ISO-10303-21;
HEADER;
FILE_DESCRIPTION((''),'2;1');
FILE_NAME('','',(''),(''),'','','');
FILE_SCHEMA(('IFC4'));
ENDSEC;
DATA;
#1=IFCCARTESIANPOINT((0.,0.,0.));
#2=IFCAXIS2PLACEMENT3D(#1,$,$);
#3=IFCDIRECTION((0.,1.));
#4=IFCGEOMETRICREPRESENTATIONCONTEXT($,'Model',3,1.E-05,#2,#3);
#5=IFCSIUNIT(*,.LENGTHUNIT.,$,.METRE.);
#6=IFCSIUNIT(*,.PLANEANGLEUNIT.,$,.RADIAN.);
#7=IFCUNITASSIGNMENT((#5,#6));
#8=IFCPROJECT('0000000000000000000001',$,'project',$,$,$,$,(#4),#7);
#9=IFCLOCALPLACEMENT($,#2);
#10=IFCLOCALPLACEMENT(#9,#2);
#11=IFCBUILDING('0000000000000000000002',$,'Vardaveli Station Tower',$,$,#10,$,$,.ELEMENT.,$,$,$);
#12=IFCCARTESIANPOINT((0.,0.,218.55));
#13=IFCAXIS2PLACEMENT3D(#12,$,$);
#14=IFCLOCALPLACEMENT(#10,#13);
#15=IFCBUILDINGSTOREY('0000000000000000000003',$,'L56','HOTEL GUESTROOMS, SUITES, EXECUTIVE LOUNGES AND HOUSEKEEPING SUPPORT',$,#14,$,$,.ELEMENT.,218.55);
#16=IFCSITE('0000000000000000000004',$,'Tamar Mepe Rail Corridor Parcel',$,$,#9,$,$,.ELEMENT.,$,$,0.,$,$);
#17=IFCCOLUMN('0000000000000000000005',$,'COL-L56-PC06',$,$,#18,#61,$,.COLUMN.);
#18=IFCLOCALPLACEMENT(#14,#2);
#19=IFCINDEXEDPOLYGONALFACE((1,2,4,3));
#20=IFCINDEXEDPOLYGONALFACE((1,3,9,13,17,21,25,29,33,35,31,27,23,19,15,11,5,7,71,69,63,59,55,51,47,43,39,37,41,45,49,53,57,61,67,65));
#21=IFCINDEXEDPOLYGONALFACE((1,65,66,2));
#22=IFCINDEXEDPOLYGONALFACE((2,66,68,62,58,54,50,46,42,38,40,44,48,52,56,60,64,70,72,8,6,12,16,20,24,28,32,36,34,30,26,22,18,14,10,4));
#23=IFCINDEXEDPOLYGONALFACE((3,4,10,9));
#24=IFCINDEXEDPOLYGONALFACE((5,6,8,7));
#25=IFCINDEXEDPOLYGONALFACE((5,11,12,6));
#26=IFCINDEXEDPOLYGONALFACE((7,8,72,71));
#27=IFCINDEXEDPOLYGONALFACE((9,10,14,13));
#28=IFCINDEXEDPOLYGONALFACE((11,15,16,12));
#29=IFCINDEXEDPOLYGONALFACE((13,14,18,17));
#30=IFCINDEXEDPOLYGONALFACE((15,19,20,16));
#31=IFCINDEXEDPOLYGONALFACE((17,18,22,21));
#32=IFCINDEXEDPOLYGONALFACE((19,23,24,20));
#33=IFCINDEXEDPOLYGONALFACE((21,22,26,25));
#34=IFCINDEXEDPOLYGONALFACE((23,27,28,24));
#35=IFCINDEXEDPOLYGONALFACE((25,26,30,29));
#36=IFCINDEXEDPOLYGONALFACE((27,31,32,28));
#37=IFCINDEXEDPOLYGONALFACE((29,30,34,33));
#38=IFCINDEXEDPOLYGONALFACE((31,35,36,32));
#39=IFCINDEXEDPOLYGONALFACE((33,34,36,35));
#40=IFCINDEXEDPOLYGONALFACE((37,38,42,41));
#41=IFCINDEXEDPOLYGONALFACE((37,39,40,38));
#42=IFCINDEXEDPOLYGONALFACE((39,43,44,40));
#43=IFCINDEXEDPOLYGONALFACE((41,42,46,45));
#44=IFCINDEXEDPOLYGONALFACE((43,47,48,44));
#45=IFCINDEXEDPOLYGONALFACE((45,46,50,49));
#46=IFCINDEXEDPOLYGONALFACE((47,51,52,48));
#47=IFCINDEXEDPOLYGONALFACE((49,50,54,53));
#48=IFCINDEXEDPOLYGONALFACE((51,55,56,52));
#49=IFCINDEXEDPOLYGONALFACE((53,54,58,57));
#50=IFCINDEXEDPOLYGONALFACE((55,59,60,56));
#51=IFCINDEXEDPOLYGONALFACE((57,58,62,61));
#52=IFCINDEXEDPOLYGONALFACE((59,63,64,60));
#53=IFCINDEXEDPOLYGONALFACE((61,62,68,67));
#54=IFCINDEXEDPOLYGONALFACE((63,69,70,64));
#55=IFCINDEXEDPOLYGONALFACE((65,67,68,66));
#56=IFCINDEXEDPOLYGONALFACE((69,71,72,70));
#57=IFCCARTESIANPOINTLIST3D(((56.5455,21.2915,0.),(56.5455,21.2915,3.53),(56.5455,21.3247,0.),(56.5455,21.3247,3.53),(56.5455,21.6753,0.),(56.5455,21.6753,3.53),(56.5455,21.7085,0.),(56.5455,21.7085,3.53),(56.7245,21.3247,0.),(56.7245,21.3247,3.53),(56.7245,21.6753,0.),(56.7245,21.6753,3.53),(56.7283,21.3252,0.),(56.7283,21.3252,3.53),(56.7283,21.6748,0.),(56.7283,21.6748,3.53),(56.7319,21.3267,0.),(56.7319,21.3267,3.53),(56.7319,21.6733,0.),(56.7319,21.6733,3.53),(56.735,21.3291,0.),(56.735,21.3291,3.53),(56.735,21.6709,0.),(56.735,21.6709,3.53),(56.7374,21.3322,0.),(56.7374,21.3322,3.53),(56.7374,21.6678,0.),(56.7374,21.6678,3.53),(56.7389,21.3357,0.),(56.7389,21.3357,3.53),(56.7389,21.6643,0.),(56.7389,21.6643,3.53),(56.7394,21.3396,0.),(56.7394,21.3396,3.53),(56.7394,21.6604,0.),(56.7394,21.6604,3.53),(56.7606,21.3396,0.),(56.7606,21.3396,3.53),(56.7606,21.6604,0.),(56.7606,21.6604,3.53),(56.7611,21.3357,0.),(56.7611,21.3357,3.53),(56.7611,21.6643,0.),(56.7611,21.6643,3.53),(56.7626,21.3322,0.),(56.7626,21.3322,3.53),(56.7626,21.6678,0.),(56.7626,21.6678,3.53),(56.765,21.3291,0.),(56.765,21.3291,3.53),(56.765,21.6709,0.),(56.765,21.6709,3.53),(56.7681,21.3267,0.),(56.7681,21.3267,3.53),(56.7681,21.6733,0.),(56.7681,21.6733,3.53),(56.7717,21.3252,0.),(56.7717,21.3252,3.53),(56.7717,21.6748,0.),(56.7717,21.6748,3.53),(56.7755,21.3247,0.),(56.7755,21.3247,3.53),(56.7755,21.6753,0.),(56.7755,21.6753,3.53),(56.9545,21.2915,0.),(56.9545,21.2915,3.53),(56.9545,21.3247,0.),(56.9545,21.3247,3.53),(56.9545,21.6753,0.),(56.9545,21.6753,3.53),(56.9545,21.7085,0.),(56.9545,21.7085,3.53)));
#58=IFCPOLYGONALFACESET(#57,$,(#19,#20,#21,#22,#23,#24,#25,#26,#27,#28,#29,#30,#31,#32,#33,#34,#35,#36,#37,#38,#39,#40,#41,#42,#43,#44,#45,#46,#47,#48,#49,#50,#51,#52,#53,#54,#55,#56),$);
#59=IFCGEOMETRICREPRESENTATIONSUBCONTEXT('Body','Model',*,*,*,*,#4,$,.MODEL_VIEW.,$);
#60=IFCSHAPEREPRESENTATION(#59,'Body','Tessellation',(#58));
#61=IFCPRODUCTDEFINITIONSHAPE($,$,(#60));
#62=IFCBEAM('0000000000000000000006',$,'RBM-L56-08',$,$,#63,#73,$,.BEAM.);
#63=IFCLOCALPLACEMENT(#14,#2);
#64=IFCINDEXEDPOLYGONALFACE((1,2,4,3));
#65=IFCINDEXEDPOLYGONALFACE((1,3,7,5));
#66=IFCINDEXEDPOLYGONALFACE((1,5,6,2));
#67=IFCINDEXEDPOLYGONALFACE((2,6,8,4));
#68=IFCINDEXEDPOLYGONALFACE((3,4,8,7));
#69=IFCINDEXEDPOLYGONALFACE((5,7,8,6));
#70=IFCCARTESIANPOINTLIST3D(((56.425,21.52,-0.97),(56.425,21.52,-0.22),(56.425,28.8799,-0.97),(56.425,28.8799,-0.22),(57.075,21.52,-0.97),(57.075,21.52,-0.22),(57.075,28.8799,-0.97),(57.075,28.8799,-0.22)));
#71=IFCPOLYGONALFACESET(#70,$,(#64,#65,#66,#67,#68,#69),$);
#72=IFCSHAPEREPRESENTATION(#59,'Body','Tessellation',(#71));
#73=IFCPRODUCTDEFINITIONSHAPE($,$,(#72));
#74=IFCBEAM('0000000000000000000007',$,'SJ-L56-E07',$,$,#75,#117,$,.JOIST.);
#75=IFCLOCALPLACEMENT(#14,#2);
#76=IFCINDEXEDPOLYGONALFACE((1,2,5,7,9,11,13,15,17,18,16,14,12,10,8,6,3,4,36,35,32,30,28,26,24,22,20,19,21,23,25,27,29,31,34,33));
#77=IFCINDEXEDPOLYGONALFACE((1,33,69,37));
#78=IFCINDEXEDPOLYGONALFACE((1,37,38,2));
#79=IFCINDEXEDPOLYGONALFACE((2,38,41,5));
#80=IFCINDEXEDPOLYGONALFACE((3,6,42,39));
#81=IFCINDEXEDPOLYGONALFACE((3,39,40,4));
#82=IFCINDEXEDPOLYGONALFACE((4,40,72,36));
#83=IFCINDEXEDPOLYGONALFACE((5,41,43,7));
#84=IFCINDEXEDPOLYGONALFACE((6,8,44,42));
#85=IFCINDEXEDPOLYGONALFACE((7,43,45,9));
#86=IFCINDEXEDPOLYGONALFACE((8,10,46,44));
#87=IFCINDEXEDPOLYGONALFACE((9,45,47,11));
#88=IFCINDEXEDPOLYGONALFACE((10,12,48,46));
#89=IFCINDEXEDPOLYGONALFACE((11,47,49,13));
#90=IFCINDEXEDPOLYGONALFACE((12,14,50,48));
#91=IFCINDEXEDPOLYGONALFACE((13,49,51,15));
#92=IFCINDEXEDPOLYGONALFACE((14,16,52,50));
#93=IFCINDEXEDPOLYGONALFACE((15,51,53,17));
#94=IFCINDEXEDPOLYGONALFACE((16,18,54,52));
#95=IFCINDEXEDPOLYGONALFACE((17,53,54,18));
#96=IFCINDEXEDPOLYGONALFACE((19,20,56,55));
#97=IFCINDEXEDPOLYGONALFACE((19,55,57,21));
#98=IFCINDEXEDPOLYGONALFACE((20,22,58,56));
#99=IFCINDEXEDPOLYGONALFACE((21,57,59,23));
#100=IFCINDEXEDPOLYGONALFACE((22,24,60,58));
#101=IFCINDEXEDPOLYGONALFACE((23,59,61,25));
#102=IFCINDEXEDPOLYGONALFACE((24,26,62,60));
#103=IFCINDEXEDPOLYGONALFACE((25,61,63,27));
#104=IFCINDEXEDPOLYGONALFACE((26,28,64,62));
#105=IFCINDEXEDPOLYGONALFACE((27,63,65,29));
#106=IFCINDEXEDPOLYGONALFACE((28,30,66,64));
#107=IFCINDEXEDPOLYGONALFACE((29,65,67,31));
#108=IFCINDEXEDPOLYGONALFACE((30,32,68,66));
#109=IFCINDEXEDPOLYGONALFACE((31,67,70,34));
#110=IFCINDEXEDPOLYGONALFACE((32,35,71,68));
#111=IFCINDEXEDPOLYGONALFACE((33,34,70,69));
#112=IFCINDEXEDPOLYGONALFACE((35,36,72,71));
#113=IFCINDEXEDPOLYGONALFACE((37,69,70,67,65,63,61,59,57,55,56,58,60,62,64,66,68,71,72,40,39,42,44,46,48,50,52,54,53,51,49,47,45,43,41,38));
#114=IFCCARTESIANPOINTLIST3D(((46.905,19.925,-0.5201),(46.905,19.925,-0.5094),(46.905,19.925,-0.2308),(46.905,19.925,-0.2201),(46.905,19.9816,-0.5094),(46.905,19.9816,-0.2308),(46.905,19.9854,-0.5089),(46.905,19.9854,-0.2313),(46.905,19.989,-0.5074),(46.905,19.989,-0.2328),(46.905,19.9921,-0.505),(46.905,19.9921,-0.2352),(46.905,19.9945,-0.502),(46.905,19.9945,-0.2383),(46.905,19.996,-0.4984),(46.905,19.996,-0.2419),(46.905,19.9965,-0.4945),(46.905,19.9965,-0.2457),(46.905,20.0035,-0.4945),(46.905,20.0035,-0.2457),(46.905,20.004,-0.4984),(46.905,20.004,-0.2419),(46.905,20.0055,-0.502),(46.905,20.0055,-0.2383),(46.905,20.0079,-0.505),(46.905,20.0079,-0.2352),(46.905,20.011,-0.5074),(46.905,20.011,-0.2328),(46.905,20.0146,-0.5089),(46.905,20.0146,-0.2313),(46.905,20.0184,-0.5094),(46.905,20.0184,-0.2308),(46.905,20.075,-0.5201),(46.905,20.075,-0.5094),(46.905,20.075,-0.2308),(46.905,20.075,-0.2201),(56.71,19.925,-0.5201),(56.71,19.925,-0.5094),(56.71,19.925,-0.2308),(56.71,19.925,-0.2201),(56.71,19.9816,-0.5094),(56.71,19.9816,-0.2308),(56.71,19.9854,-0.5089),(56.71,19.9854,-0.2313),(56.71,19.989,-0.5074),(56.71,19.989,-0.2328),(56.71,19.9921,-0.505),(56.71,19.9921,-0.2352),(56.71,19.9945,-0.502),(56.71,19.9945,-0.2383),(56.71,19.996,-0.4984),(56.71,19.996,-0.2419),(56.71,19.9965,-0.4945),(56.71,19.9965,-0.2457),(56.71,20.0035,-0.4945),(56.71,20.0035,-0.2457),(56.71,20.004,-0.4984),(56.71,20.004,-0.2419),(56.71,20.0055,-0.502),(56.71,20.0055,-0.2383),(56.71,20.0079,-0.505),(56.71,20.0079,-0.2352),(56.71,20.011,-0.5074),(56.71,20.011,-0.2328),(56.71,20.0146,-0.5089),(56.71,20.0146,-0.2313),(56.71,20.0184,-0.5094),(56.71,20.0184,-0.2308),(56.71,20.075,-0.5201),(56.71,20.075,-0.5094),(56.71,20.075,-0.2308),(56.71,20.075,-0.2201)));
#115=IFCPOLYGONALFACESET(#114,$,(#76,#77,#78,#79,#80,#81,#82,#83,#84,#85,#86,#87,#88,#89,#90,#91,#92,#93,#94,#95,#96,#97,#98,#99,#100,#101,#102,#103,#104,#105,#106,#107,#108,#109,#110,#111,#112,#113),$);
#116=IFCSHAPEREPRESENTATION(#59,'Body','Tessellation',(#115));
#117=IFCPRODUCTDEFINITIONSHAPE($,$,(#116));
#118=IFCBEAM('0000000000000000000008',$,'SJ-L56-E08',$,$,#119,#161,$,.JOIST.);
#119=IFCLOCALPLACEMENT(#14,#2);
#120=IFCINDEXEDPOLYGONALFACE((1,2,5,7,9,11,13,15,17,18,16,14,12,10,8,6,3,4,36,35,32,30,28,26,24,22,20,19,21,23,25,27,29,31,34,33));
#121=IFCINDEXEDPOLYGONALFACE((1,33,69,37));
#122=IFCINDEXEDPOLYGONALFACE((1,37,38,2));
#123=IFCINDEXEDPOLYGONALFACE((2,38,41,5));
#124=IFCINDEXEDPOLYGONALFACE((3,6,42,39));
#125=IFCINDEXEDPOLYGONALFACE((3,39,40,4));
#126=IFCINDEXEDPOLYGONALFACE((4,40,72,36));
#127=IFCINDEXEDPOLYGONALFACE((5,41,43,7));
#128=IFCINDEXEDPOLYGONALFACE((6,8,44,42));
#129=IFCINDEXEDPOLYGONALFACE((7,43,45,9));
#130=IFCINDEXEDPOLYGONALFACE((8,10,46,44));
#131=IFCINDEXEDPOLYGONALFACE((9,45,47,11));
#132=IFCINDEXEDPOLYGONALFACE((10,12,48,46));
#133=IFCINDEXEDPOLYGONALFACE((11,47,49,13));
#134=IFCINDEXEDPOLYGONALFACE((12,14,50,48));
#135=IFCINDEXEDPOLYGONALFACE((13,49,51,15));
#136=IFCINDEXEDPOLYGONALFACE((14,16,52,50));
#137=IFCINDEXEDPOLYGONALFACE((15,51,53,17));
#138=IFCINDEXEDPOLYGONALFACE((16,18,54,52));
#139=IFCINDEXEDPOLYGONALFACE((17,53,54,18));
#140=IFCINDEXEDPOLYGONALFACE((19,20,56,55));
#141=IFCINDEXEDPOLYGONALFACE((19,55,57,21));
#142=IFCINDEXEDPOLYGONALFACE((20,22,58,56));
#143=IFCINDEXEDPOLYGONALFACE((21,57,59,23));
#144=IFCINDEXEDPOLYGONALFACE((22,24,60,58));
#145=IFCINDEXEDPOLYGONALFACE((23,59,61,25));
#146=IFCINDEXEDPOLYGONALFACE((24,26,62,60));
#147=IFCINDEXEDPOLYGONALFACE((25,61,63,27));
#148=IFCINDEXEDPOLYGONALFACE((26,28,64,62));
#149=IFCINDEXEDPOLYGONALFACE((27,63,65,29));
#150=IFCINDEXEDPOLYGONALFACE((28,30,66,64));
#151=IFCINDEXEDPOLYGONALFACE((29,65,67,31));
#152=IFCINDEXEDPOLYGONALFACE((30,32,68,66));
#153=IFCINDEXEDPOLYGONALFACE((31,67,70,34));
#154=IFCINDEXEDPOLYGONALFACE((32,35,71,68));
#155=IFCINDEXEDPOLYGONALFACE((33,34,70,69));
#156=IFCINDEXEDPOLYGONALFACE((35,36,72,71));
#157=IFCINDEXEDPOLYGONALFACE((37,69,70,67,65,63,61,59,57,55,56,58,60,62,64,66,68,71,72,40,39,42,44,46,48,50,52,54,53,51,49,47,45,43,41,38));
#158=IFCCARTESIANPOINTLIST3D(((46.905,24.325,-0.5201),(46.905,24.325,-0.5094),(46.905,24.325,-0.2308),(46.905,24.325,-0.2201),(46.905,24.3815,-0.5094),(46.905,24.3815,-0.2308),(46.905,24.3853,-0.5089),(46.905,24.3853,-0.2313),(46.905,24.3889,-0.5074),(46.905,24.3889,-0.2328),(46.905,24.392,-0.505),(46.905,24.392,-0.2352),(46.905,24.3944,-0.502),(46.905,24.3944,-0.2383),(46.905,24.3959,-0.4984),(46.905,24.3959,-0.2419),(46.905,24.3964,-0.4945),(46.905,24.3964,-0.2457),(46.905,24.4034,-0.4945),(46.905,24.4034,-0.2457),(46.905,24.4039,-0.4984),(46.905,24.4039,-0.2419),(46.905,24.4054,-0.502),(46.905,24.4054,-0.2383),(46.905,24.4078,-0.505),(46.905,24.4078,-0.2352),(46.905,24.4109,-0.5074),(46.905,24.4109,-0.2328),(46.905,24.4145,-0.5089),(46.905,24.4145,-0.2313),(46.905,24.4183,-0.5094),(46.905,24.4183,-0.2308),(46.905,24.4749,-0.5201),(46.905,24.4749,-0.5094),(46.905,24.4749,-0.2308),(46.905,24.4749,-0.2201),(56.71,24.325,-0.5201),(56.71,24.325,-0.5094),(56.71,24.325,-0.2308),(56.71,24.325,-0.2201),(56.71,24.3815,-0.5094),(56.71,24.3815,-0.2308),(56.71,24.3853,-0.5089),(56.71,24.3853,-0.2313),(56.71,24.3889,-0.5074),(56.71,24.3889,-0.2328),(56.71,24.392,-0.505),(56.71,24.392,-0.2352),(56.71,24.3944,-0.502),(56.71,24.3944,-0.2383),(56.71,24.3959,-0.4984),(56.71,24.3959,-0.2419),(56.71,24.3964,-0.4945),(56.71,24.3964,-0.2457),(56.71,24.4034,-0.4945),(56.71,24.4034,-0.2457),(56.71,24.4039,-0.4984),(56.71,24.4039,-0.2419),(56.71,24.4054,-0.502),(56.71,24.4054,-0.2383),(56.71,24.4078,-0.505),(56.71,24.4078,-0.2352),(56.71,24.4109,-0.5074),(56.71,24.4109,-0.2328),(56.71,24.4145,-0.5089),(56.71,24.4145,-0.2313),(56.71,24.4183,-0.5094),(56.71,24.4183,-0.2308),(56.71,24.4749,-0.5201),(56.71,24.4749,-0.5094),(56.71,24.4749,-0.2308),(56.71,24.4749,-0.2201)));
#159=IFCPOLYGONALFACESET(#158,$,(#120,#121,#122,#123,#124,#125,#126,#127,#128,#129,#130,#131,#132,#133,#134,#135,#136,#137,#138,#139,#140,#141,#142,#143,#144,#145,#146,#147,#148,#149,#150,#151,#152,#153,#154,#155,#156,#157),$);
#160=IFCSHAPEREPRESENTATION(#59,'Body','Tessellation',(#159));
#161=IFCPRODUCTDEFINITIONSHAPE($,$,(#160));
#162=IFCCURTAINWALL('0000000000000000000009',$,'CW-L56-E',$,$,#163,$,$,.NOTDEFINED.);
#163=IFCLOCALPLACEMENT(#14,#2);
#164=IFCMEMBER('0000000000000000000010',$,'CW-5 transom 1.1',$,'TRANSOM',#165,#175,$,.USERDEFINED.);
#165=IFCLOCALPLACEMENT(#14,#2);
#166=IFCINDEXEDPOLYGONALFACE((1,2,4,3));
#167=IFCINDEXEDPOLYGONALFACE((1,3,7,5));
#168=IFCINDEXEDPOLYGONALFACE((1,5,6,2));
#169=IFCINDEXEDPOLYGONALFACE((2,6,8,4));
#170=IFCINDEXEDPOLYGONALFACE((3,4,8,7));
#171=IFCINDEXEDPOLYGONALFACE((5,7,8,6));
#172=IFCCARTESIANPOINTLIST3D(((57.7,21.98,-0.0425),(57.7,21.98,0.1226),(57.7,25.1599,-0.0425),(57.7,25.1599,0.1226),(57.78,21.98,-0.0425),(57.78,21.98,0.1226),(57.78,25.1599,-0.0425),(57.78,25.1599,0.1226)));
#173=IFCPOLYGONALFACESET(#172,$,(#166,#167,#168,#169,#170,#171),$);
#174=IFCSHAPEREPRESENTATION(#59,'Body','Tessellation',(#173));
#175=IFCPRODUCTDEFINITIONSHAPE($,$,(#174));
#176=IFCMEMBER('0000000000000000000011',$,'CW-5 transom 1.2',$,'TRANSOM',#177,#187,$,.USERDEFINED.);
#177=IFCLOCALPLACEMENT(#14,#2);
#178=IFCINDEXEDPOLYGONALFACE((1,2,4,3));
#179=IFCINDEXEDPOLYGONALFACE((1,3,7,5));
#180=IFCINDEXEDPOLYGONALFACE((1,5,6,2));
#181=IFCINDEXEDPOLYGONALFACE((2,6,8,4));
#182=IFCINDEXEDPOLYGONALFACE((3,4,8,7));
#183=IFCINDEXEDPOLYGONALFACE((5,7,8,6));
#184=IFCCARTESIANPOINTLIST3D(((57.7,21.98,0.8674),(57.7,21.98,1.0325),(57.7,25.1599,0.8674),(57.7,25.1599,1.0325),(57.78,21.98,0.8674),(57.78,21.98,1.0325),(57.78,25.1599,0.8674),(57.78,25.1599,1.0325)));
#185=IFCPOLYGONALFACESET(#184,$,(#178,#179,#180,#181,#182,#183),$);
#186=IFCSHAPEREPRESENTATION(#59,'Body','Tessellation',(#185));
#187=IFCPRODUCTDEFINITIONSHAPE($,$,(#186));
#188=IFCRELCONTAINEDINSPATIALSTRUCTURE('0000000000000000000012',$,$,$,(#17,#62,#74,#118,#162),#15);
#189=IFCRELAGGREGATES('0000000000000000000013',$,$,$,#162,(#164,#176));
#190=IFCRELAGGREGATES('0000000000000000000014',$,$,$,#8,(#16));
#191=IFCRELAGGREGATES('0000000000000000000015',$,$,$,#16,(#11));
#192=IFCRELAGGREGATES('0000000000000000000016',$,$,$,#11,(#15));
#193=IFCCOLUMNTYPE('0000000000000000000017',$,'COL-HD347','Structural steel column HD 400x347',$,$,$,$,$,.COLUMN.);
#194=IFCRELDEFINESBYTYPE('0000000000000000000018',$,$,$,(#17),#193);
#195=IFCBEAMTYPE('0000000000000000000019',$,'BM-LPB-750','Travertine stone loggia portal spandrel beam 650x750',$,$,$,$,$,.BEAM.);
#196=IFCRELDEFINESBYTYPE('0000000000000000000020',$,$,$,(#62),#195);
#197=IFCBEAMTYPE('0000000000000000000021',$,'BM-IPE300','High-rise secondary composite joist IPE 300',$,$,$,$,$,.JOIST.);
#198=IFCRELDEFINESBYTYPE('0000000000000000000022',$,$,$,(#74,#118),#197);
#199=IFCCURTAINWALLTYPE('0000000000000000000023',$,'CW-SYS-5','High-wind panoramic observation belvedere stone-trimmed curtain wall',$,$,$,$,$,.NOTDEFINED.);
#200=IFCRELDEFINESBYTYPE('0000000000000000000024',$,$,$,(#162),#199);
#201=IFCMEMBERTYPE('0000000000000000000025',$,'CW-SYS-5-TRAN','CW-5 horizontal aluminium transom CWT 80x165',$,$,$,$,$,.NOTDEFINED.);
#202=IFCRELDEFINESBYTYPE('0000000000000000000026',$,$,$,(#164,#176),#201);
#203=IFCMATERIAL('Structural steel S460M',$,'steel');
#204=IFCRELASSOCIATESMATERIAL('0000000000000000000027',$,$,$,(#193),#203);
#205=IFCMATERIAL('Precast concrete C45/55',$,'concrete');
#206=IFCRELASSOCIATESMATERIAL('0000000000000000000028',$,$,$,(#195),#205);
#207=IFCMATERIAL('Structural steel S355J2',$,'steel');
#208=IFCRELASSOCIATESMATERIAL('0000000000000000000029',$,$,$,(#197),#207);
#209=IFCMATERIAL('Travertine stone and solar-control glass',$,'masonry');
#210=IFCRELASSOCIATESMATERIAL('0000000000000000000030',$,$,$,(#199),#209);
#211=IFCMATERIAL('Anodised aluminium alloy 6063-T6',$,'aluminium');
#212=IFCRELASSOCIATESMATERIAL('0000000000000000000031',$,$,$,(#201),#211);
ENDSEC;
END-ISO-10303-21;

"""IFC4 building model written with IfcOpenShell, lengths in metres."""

from ifc_helpers import new_model, si_unit, direction, frame, origin, origin_2d, place, context, subcontext, project, spatial, rectangle, i_section, extrude, source, transform, mapped, material, material_profile, profile_set, type_object, element, aggregate, save


model = new_model("IFC4")

# Units and contexts
model_context = context("Model", 3, precision=1e-05, world=origin(), true_north=direction((0.0, 1.0)))
body_context = subcontext(model_context, "Body", "Model", "MODEL_VIEW")
ifc_project = project(units=[si_unit("LENGTHUNIT", "METRE"), si_unit("PLANEANGLEUNIT", "RADIAN")], contexts=[model_context])

# Site, building, storey
site_placement = place(None, origin())
site = spatial("IfcSite", under=ifc_project, at=site_placement, Name="Tamar Mepe Rail Corridor Parcel", CompositionType="ELEMENT", RefElevation=0.0)
building_placement = place(site_placement, origin())
building = spatial("IfcBuilding", under=site, at=building_placement, Name="Vardaveli Station Tower", CompositionType="ELEMENT")
storey_placement = place(building_placement, frame((0.0, 0.0, 218.55)))
storey = spatial("IfcBuildingStorey", under=building, at=storey_placement, Name="L56", Description="HOTEL GUESTROOMS, SUITES, EXECUTIVE LOUNGES AND HOUSEKEEPING SUPPORT", CompositionType="ELEMENT", Elevation=218.55)

# Column
ifc_material_1 = material(Name="Structural steel S460M", Category="steel")
ifc_material_profile_1 = material_profile(ifc_material_1, i_section(OverallWidth=0.4089, OverallDepth=0.417, WebThickness=0.0212, FlangeThickness=0.0332, FilletRadius=0.0149, at=origin_2d()), Name="HD 400x347")
ifc_profile_set_1 = profile_set([ifc_material_profile_1], Name="Structural steel S460M")
column_type = type_object("IfcColumnType", Name="COL-HD347", Description="Structural steel column HD 400x347", PredefinedType="COLUMN", material=ifc_profile_set_1)
shared_shape_1 = source(origin(), body_context, "Body", "SweptSolid", [
    extrude(i_section(OverallWidth=0.4089, OverallDepth=0.417, WebThickness=0.0212, FlangeThickness=0.0332, FilletRadius=0.0149, at=origin_2d()), origin(), (0.0, 0.0, 1.0), 3.53),
])
column_placement = place(storey_placement, frame((56.75, 21.5, 0.0), z_axis=(0.0, 0.0, 1.0), x_axis=(1.0, 0.0, 0.0)))
element("IfcColumn", 1, at=column_placement, inside=storey, type_object=column_type, Name="COL-L56-PC06", PredefinedType="COLUMN", context=body_context, shape_type="MappedRepresentation", body=[
    mapped(shared_shape_1, transform((0.0, 0.0, 0.0), scale=1.0)),
])

# Beams
ifc_material_2 = material(Name="Precast concrete C45/55", Category="concrete")
ifc_material_profile_2 = material_profile(ifc_material_2, rectangle(XDim=0.6499, YDim=0.75, at=origin_2d()), Name="LPB 650x750")
ifc_profile_set_2 = profile_set([ifc_material_profile_2], Name="Precast concrete C45/55")
beam_type_1 = type_object("IfcBeamType", Name="BM-LPB-750", Description="Travertine stone loggia portal spandrel beam 650x750", PredefinedType="BEAM", material=ifc_profile_set_2)
shared_shape_2 = source(origin(), body_context, "Body", "SweptSolid", [
    extrude(rectangle(XDim=0.6499, YDim=0.75, at=origin_2d()), origin(), (0.0, 0.0, 1.0), 7.3599),
])
beam_placement = place(storey_placement, frame((56.75, 21.52, -0.595), z_axis=(0.0, 1.0, 0.0), x_axis=(-1.0, 0.0, 0.0)))
element("IfcBeam", 2, at=beam_placement, inside=storey, type_object=beam_type_1, Name="RBM-L56-08", PredefinedType="BEAM", context=body_context, shape_type="MappedRepresentation", body=[
    mapped(shared_shape_2, transform((0.0, 0.0, 0.0), scale=1.0)),
])
ifc_material_3 = material(Name="Structural steel S355J2", Category="steel")
ifc_material_profile_3 = material_profile(ifc_material_3, i_section(OverallWidth=0.1499, OverallDepth=0.3, WebThickness=0.0071, FlangeThickness=0.0107, FilletRadius=0.0149, at=origin_2d()), Name="IPE 300")
ifc_profile_set_3 = profile_set([ifc_material_profile_3], Name="Structural steel S355J2")
beam_type_2 = type_object("IfcBeamType", Name="BM-IPE300", Description="High-rise secondary composite joist IPE 300", PredefinedType="JOIST", material=ifc_profile_set_3)
shared_shape_3 = source(origin(), body_context, "Body", "SweptSolid", [
    extrude(i_section(OverallWidth=0.1499, OverallDepth=0.3, WebThickness=0.0071, FlangeThickness=0.0107, FilletRadius=0.0149, at=origin_2d()), origin(), (0.0, 0.0, 1.0), 9.8049),
])
for number, where, z_axis, x_axis, name in (
    (3, (46.905, 20.0, -0.3701), (1.0, 0.0, 0.0), (0.0, 1.0, 0.0), "SJ-L56-E07"),
    (4, (46.905, 24.3999, -0.3701), (1.0, 0.0, 0.0), (0.0, 1.0, 0.0), "SJ-L56-E08"),
):
    element("IfcBeam", number, at=place(storey_placement, frame(where, z_axis=z_axis, x_axis=x_axis)), inside=storey, type_object=beam_type_2, Name=name, PredefinedType="JOIST", context=body_context, shape_type="MappedRepresentation", body=[
        mapped(shared_shape_3, transform((0.0, 0.0, 0.0), scale=1.0)),
    ])

# Curtain wall, members
ifc_material_4 = material(Name="Travertine stone and solar-control glass", Category="masonry")
curtain_wall_type = type_object("IfcCurtainWallType", Name="CW-SYS-5", Description="High-wind panoramic observation belvedere stone-trimmed curtain wall", PredefinedType="NOTDEFINED", material=ifc_material_4)
curtain_wall_placement = place(storey_placement, origin())
curtain_wall = element("IfcCurtainWall", 5, at=curtain_wall_placement, inside=storey, type_object=curtain_wall_type, Name="CW-L56-E", PredefinedType="NOTDEFINED")
ifc_material_5 = material(Name="Anodised aluminium alloy 6063-T6", Category="aluminium")
ifc_material_profile_4 = material_profile(ifc_material_5, rectangle(XDim=0.0801, YDim=0.165, at=origin_2d()), Name="CWT 80x165")
ifc_profile_set_4 = profile_set([ifc_material_profile_4], Name="Anodised aluminium alloy 6063-T6")
member_type_1 = type_object("IfcMemberType", Name="CW-SYS-5-TRAN", Description="CW-5 horizontal aluminium transom CWT 80x165", PredefinedType="NOTDEFINED", material=ifc_profile_set_4)
shared_shape_4 = source(origin(), body_context, "Body", "SweptSolid", [
    extrude(rectangle(XDim=0.0801, YDim=0.165, at=origin_2d()), origin(), (0.0, 0.0, 1.0), 3.1799),
])
member_1_placement = place(storey_placement, frame((57.74, 21.98, 0.04), z_axis=(0.0, 1.0, 0.0), x_axis=(-1.0, 0.0, 0.0)))
member_1 = element("IfcMember", 6, at=member_1_placement, type_object=member_type_1, Name="CW-5 transom 1.1", ObjectType="TRANSOM", PredefinedType="USERDEFINED", context=body_context, shape_type="MappedRepresentation", body=[
    mapped(shared_shape_4, transform((0.0, 0.0, 0.0), scale=1.0)),
])
member_2_placement = place(storey_placement, frame((57.74, 21.98, 0.95), z_axis=(0.0, 1.0, 0.0), x_axis=(-1.0, 0.0, 0.0)))
member_2 = element("IfcMember", 7, at=member_2_placement, type_object=member_type_1, Name="CW-5 transom 1.2", ObjectType="TRANSOM", PredefinedType="USERDEFINED", context=body_context, shape_type="MappedRepresentation", body=[
    mapped(shared_shape_4, transform((0.0, 0.0, 0.0), scale=1.0)),
])
aggregate(curtain_wall, [member_1, member_2])

save(model, "model.ifc")
